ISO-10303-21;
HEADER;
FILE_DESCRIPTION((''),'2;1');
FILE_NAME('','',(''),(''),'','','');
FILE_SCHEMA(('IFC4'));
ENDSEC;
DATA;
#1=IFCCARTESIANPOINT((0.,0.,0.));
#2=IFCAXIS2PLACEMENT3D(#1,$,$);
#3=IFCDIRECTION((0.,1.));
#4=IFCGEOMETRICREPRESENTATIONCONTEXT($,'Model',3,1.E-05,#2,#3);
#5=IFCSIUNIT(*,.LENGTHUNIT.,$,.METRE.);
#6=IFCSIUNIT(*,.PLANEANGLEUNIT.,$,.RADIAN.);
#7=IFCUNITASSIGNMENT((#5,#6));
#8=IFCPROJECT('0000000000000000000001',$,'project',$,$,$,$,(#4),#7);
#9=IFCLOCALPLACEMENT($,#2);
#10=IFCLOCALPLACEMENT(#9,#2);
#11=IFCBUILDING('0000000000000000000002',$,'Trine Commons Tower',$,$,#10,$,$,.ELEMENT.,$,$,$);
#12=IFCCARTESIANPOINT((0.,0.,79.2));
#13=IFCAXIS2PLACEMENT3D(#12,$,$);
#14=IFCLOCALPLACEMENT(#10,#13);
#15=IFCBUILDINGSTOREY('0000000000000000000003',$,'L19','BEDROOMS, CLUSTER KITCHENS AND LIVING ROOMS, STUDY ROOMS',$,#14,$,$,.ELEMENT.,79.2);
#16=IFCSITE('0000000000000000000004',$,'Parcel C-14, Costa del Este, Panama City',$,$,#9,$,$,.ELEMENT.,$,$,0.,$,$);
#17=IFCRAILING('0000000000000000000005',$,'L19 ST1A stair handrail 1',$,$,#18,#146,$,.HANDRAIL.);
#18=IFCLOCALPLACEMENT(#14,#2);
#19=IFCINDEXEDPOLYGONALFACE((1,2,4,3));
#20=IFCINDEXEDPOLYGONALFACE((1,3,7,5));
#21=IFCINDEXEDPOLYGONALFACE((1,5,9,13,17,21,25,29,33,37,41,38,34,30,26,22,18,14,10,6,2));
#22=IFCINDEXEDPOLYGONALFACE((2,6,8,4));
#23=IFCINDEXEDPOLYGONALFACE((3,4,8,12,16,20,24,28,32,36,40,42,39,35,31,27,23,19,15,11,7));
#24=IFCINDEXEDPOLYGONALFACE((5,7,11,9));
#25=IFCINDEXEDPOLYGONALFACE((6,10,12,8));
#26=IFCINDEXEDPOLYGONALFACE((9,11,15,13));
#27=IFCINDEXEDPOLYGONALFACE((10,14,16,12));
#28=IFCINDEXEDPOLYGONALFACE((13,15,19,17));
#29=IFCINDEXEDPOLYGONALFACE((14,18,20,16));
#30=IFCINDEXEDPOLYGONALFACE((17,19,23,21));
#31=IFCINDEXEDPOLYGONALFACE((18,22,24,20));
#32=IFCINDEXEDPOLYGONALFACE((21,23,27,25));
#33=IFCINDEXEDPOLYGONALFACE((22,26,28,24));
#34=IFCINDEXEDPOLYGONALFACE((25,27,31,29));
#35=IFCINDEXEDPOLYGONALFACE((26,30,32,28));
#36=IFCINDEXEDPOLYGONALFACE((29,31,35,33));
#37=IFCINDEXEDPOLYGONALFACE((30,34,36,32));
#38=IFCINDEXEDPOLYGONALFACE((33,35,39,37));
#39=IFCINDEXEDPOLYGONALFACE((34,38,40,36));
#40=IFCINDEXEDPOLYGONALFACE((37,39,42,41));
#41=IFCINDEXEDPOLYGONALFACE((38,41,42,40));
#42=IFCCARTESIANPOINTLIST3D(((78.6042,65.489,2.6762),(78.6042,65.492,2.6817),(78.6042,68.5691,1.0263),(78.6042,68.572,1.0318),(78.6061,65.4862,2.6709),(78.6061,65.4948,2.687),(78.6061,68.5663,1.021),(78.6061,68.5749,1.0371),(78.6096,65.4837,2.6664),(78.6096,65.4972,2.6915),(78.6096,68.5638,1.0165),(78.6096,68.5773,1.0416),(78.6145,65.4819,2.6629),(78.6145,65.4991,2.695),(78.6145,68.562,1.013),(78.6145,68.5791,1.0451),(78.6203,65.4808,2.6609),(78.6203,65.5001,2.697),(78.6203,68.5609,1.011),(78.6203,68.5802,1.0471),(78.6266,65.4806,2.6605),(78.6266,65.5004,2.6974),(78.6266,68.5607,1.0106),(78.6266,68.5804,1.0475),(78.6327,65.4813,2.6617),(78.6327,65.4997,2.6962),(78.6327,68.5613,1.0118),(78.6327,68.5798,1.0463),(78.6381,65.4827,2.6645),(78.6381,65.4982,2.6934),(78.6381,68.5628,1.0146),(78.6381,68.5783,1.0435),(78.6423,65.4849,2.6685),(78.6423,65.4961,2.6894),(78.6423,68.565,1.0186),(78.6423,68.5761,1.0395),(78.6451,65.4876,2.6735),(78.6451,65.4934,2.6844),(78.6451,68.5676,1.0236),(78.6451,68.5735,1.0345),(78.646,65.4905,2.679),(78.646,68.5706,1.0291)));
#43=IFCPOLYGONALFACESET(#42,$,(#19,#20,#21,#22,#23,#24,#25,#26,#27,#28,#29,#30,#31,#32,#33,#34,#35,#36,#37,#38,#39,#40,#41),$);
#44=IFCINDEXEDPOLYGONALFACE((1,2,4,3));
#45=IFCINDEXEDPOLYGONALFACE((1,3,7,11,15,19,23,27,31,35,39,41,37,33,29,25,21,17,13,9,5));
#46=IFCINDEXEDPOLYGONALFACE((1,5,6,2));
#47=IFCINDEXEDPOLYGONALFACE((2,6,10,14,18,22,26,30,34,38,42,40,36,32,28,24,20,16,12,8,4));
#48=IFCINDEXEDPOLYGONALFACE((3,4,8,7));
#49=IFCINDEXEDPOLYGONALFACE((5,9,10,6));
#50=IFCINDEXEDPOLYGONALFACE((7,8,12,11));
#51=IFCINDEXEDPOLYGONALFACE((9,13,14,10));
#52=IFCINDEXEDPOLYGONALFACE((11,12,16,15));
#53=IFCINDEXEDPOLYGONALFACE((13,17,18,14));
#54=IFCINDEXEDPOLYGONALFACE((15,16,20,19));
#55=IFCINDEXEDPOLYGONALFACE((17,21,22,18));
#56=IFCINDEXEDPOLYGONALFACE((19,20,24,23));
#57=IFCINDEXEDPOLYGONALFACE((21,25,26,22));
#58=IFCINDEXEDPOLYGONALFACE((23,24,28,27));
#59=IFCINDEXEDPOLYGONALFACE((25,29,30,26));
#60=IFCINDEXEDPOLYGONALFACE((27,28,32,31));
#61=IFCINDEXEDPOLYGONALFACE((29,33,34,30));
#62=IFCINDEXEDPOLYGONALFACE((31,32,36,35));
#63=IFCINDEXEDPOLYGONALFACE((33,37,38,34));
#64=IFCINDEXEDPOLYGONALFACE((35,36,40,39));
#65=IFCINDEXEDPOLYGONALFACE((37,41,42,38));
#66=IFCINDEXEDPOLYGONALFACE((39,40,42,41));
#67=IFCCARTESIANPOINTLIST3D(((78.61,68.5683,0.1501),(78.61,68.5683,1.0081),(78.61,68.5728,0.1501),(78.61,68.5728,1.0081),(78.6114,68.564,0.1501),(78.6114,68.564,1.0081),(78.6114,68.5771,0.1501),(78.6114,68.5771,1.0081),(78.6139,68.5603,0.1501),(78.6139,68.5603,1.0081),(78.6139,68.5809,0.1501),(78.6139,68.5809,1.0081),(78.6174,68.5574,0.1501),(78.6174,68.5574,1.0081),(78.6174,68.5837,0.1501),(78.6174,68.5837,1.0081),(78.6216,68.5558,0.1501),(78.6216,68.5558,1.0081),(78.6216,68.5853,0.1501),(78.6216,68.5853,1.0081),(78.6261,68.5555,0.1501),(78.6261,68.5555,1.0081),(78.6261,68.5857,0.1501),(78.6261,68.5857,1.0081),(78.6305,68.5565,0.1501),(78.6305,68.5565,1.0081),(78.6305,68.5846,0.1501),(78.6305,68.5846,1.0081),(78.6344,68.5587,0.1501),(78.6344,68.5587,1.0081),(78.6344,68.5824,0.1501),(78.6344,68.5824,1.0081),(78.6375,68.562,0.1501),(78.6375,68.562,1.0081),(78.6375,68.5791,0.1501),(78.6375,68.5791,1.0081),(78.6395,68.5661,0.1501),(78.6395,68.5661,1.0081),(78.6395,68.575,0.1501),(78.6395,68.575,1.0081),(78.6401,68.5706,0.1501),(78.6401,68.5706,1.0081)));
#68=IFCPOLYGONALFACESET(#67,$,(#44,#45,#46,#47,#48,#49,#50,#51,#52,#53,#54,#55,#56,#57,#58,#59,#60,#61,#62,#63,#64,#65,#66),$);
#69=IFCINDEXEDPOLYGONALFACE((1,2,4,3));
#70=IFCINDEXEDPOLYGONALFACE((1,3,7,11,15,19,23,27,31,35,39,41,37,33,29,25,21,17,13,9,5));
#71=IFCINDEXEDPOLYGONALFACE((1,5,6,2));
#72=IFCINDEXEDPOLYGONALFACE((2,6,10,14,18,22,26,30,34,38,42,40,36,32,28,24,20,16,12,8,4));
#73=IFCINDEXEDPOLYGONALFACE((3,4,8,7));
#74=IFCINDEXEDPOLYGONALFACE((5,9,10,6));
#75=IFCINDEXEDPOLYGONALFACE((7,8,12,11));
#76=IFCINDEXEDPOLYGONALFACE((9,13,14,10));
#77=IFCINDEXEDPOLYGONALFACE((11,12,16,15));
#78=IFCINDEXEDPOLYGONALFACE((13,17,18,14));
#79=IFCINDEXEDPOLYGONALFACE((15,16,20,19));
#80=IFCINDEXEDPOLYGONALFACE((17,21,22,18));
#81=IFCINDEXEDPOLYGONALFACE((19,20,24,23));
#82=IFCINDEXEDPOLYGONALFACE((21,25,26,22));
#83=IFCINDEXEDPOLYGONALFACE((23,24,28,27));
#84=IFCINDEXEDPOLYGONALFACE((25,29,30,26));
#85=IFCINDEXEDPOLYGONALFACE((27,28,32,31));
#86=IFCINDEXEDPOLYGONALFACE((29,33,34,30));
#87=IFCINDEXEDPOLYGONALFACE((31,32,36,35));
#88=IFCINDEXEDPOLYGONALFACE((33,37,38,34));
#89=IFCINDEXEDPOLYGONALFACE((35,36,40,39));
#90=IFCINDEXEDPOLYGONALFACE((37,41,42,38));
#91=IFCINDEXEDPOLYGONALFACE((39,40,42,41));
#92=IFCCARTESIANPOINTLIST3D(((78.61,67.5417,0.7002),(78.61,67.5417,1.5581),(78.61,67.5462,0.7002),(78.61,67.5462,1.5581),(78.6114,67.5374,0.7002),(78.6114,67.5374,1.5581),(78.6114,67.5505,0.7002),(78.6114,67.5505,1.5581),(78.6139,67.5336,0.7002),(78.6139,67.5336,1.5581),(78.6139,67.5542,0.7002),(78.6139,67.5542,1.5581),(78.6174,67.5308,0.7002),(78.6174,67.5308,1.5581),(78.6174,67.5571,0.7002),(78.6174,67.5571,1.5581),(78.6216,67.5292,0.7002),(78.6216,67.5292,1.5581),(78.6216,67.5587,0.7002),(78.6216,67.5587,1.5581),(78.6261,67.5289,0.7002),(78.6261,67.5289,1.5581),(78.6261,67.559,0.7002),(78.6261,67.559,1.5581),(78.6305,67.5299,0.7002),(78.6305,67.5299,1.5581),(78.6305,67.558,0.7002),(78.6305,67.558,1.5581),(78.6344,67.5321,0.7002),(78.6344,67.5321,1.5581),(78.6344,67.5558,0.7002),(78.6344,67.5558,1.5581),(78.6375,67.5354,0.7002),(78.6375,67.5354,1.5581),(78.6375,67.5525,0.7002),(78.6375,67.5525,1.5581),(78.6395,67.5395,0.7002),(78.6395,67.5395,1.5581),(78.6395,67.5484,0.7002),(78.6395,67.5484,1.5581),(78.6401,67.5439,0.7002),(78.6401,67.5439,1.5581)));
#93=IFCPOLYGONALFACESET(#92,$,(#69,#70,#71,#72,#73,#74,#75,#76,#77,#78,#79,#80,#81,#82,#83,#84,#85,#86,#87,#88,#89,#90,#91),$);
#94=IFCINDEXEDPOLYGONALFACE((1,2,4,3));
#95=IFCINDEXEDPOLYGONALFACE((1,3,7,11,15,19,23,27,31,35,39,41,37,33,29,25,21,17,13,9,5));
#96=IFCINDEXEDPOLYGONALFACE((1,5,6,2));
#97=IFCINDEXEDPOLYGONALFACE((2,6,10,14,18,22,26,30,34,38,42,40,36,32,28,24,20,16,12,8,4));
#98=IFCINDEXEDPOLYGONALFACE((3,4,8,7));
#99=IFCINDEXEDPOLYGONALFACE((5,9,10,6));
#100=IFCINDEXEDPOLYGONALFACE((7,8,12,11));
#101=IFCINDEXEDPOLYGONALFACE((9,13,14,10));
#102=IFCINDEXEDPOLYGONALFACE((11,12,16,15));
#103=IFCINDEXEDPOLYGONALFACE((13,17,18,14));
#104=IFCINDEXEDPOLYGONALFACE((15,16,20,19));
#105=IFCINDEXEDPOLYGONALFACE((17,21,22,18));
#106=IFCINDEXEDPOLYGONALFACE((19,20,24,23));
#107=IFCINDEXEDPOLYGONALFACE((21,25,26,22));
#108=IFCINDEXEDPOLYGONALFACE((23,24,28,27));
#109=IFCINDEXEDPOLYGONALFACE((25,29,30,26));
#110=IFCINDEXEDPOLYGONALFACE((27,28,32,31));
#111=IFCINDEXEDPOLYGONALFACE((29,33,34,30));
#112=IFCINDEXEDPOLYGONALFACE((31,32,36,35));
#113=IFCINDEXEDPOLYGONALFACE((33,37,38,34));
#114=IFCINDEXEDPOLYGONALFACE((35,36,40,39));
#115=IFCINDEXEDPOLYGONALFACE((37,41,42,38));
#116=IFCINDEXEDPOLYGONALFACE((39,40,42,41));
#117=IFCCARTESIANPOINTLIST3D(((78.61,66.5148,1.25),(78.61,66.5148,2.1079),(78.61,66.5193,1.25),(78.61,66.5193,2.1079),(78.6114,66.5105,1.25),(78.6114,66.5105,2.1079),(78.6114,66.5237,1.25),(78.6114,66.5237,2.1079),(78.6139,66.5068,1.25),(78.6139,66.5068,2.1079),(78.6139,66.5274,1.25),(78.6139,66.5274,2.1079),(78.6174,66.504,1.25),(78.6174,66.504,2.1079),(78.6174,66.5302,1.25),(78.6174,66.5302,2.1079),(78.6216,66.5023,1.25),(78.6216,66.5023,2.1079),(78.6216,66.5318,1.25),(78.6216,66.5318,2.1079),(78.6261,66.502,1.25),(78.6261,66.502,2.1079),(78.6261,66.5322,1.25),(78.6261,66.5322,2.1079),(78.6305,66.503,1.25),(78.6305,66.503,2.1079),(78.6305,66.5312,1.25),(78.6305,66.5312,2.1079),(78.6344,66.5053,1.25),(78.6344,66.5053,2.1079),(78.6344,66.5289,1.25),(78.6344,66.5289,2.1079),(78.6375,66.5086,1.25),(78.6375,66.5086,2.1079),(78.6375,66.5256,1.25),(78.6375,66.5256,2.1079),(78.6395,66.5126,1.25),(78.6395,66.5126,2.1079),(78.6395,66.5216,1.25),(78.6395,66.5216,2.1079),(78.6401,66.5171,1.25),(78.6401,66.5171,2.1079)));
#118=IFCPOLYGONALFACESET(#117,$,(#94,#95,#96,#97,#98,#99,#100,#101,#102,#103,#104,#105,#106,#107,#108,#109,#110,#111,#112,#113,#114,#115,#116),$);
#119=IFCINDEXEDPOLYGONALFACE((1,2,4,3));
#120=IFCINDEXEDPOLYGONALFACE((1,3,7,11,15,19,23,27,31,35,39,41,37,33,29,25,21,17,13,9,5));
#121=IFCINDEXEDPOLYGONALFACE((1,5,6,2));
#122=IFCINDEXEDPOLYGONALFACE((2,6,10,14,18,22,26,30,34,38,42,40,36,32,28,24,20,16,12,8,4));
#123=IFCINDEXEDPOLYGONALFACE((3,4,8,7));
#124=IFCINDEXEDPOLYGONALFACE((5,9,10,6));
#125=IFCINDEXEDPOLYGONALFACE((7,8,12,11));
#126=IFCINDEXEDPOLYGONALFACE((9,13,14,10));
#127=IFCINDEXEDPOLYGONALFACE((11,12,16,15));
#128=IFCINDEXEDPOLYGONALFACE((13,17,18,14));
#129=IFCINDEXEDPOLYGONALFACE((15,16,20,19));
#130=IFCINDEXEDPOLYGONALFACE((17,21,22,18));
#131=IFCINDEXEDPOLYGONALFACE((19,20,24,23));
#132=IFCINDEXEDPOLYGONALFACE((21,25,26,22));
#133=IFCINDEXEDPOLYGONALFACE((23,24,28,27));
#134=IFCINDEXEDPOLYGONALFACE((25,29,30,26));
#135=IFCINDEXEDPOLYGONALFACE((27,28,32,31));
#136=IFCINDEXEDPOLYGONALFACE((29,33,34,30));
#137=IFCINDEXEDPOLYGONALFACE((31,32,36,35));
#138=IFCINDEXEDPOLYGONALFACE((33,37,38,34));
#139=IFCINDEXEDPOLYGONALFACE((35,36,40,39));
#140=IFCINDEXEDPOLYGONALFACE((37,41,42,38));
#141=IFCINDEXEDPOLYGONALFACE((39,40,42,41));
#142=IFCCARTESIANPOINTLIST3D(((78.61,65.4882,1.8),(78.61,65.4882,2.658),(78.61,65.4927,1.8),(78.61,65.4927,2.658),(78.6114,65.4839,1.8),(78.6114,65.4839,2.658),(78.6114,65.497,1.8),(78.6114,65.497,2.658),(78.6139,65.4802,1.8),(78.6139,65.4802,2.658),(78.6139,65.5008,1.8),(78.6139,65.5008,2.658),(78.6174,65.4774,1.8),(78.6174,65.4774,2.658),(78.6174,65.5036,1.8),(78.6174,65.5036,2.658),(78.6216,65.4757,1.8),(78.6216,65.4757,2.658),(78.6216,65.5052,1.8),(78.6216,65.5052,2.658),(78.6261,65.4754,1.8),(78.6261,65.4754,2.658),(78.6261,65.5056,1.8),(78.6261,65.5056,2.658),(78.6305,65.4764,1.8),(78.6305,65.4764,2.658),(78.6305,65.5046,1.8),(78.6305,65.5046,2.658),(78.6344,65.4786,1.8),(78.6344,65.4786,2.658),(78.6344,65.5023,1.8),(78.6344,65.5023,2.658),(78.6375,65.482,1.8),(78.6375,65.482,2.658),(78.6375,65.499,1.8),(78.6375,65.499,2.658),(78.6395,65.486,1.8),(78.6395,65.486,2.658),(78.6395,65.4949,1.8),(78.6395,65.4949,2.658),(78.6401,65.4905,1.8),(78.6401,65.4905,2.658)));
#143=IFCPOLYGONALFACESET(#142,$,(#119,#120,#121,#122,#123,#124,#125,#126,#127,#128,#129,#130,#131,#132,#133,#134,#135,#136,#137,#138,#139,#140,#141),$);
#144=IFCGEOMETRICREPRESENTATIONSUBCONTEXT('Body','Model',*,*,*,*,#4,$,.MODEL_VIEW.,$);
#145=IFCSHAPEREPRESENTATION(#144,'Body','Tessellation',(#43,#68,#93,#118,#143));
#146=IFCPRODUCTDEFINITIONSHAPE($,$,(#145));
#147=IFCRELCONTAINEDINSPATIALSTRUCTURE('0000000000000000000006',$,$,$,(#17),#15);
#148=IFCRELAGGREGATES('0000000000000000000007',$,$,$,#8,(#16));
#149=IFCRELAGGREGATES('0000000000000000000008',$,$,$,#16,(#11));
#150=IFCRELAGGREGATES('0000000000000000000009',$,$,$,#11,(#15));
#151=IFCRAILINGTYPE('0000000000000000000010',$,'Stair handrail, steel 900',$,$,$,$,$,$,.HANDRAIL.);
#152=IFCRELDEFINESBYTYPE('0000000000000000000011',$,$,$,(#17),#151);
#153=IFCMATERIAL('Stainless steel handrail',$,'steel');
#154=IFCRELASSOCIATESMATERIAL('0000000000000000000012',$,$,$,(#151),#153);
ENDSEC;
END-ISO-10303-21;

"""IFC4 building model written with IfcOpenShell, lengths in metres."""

from ifc_helpers import new_model, si_unit, direction, frame, origin, origin_2d, place, context, subcontext, project, spatial, circle, extrude, material, type_object, element, save


model = new_model("IFC4")

# Units and contexts
model_context = context("Model", 3, precision=1e-05, world=origin(), true_north=direction((0.0, 1.0)))
body_context = subcontext(model_context, "Body", "Model", "MODEL_VIEW")
ifc_project = project(units=[si_unit("LENGTHUNIT", "METRE"), si_unit("PLANEANGLEUNIT", "RADIAN")], contexts=[model_context])

# Site, building, storey
site_placement = place(None, origin())
site = spatial("IfcSite", under=ifc_project, at=site_placement, Name="Parcel C-14, Costa del Este, Panama City", CompositionType="ELEMENT", RefElevation=0.0)
building_placement = place(site_placement, origin())
building = spatial("IfcBuilding", under=site, at=building_placement, Name="Trine Commons Tower", CompositionType="ELEMENT")
storey_placement = place(building_placement, frame((0.0, 0.0, 79.2)))
storey = spatial("IfcBuildingStorey", under=building, at=storey_placement, Name="L19", Description="BEDROOMS, CLUSTER KITCHENS AND LIVING ROOMS, STUDY ROOMS", CompositionType="ELEMENT", Elevation=79.2)

# Railing
ifc_material_1 = material(Name="Stainless steel handrail", Category="steel")
railing_type = type_object("IfcRailingType", Name="Stair handrail, steel 900", PredefinedType="HANDRAIL", material=ifc_material_1)
railing_1_placement = place(storey_placement, frame((78.625, 68.5706, 0.1501)))
element("IfcRailing", 1, at=railing_1_placement, inside=storey, type_object=railing_type, Name="L19 ST1A stair handrail 1", PredefinedType="HANDRAIL", context=body_context, shape_type="SweptSolid", body=[
    extrude(circle(Radius=0.021, at=origin_2d()), frame((0.0, 0.0, 0.8789), z_axis=(0.0, -0.881497, 0.47219), x_axis=(1.0, 0.0, 0.0)), (0.0, 0.0, 1.0), 3.4941),
    extrude(circle(Radius=0.0151, at=origin_2d()), origin(), (0.0, 0.0, 1.0), 0.8579),
    extrude(circle(Radius=0.0151, at=origin_2d()), frame((0.0, -1.0266, 0.55)), (0.0, 0.0, 1.0), 0.8579),
    extrude(circle(Radius=0.0151, at=origin_2d()), frame((0.0, -2.0535, 1.0999)), (0.0, 0.0, 1.0), 0.8579),
    extrude(circle(Radius=0.0151, at=origin_2d()), frame((0.0, -3.0801, 1.6499)), (0.0, 0.0, 1.0), 0.8579),
])

save(model, "model.ifc")
